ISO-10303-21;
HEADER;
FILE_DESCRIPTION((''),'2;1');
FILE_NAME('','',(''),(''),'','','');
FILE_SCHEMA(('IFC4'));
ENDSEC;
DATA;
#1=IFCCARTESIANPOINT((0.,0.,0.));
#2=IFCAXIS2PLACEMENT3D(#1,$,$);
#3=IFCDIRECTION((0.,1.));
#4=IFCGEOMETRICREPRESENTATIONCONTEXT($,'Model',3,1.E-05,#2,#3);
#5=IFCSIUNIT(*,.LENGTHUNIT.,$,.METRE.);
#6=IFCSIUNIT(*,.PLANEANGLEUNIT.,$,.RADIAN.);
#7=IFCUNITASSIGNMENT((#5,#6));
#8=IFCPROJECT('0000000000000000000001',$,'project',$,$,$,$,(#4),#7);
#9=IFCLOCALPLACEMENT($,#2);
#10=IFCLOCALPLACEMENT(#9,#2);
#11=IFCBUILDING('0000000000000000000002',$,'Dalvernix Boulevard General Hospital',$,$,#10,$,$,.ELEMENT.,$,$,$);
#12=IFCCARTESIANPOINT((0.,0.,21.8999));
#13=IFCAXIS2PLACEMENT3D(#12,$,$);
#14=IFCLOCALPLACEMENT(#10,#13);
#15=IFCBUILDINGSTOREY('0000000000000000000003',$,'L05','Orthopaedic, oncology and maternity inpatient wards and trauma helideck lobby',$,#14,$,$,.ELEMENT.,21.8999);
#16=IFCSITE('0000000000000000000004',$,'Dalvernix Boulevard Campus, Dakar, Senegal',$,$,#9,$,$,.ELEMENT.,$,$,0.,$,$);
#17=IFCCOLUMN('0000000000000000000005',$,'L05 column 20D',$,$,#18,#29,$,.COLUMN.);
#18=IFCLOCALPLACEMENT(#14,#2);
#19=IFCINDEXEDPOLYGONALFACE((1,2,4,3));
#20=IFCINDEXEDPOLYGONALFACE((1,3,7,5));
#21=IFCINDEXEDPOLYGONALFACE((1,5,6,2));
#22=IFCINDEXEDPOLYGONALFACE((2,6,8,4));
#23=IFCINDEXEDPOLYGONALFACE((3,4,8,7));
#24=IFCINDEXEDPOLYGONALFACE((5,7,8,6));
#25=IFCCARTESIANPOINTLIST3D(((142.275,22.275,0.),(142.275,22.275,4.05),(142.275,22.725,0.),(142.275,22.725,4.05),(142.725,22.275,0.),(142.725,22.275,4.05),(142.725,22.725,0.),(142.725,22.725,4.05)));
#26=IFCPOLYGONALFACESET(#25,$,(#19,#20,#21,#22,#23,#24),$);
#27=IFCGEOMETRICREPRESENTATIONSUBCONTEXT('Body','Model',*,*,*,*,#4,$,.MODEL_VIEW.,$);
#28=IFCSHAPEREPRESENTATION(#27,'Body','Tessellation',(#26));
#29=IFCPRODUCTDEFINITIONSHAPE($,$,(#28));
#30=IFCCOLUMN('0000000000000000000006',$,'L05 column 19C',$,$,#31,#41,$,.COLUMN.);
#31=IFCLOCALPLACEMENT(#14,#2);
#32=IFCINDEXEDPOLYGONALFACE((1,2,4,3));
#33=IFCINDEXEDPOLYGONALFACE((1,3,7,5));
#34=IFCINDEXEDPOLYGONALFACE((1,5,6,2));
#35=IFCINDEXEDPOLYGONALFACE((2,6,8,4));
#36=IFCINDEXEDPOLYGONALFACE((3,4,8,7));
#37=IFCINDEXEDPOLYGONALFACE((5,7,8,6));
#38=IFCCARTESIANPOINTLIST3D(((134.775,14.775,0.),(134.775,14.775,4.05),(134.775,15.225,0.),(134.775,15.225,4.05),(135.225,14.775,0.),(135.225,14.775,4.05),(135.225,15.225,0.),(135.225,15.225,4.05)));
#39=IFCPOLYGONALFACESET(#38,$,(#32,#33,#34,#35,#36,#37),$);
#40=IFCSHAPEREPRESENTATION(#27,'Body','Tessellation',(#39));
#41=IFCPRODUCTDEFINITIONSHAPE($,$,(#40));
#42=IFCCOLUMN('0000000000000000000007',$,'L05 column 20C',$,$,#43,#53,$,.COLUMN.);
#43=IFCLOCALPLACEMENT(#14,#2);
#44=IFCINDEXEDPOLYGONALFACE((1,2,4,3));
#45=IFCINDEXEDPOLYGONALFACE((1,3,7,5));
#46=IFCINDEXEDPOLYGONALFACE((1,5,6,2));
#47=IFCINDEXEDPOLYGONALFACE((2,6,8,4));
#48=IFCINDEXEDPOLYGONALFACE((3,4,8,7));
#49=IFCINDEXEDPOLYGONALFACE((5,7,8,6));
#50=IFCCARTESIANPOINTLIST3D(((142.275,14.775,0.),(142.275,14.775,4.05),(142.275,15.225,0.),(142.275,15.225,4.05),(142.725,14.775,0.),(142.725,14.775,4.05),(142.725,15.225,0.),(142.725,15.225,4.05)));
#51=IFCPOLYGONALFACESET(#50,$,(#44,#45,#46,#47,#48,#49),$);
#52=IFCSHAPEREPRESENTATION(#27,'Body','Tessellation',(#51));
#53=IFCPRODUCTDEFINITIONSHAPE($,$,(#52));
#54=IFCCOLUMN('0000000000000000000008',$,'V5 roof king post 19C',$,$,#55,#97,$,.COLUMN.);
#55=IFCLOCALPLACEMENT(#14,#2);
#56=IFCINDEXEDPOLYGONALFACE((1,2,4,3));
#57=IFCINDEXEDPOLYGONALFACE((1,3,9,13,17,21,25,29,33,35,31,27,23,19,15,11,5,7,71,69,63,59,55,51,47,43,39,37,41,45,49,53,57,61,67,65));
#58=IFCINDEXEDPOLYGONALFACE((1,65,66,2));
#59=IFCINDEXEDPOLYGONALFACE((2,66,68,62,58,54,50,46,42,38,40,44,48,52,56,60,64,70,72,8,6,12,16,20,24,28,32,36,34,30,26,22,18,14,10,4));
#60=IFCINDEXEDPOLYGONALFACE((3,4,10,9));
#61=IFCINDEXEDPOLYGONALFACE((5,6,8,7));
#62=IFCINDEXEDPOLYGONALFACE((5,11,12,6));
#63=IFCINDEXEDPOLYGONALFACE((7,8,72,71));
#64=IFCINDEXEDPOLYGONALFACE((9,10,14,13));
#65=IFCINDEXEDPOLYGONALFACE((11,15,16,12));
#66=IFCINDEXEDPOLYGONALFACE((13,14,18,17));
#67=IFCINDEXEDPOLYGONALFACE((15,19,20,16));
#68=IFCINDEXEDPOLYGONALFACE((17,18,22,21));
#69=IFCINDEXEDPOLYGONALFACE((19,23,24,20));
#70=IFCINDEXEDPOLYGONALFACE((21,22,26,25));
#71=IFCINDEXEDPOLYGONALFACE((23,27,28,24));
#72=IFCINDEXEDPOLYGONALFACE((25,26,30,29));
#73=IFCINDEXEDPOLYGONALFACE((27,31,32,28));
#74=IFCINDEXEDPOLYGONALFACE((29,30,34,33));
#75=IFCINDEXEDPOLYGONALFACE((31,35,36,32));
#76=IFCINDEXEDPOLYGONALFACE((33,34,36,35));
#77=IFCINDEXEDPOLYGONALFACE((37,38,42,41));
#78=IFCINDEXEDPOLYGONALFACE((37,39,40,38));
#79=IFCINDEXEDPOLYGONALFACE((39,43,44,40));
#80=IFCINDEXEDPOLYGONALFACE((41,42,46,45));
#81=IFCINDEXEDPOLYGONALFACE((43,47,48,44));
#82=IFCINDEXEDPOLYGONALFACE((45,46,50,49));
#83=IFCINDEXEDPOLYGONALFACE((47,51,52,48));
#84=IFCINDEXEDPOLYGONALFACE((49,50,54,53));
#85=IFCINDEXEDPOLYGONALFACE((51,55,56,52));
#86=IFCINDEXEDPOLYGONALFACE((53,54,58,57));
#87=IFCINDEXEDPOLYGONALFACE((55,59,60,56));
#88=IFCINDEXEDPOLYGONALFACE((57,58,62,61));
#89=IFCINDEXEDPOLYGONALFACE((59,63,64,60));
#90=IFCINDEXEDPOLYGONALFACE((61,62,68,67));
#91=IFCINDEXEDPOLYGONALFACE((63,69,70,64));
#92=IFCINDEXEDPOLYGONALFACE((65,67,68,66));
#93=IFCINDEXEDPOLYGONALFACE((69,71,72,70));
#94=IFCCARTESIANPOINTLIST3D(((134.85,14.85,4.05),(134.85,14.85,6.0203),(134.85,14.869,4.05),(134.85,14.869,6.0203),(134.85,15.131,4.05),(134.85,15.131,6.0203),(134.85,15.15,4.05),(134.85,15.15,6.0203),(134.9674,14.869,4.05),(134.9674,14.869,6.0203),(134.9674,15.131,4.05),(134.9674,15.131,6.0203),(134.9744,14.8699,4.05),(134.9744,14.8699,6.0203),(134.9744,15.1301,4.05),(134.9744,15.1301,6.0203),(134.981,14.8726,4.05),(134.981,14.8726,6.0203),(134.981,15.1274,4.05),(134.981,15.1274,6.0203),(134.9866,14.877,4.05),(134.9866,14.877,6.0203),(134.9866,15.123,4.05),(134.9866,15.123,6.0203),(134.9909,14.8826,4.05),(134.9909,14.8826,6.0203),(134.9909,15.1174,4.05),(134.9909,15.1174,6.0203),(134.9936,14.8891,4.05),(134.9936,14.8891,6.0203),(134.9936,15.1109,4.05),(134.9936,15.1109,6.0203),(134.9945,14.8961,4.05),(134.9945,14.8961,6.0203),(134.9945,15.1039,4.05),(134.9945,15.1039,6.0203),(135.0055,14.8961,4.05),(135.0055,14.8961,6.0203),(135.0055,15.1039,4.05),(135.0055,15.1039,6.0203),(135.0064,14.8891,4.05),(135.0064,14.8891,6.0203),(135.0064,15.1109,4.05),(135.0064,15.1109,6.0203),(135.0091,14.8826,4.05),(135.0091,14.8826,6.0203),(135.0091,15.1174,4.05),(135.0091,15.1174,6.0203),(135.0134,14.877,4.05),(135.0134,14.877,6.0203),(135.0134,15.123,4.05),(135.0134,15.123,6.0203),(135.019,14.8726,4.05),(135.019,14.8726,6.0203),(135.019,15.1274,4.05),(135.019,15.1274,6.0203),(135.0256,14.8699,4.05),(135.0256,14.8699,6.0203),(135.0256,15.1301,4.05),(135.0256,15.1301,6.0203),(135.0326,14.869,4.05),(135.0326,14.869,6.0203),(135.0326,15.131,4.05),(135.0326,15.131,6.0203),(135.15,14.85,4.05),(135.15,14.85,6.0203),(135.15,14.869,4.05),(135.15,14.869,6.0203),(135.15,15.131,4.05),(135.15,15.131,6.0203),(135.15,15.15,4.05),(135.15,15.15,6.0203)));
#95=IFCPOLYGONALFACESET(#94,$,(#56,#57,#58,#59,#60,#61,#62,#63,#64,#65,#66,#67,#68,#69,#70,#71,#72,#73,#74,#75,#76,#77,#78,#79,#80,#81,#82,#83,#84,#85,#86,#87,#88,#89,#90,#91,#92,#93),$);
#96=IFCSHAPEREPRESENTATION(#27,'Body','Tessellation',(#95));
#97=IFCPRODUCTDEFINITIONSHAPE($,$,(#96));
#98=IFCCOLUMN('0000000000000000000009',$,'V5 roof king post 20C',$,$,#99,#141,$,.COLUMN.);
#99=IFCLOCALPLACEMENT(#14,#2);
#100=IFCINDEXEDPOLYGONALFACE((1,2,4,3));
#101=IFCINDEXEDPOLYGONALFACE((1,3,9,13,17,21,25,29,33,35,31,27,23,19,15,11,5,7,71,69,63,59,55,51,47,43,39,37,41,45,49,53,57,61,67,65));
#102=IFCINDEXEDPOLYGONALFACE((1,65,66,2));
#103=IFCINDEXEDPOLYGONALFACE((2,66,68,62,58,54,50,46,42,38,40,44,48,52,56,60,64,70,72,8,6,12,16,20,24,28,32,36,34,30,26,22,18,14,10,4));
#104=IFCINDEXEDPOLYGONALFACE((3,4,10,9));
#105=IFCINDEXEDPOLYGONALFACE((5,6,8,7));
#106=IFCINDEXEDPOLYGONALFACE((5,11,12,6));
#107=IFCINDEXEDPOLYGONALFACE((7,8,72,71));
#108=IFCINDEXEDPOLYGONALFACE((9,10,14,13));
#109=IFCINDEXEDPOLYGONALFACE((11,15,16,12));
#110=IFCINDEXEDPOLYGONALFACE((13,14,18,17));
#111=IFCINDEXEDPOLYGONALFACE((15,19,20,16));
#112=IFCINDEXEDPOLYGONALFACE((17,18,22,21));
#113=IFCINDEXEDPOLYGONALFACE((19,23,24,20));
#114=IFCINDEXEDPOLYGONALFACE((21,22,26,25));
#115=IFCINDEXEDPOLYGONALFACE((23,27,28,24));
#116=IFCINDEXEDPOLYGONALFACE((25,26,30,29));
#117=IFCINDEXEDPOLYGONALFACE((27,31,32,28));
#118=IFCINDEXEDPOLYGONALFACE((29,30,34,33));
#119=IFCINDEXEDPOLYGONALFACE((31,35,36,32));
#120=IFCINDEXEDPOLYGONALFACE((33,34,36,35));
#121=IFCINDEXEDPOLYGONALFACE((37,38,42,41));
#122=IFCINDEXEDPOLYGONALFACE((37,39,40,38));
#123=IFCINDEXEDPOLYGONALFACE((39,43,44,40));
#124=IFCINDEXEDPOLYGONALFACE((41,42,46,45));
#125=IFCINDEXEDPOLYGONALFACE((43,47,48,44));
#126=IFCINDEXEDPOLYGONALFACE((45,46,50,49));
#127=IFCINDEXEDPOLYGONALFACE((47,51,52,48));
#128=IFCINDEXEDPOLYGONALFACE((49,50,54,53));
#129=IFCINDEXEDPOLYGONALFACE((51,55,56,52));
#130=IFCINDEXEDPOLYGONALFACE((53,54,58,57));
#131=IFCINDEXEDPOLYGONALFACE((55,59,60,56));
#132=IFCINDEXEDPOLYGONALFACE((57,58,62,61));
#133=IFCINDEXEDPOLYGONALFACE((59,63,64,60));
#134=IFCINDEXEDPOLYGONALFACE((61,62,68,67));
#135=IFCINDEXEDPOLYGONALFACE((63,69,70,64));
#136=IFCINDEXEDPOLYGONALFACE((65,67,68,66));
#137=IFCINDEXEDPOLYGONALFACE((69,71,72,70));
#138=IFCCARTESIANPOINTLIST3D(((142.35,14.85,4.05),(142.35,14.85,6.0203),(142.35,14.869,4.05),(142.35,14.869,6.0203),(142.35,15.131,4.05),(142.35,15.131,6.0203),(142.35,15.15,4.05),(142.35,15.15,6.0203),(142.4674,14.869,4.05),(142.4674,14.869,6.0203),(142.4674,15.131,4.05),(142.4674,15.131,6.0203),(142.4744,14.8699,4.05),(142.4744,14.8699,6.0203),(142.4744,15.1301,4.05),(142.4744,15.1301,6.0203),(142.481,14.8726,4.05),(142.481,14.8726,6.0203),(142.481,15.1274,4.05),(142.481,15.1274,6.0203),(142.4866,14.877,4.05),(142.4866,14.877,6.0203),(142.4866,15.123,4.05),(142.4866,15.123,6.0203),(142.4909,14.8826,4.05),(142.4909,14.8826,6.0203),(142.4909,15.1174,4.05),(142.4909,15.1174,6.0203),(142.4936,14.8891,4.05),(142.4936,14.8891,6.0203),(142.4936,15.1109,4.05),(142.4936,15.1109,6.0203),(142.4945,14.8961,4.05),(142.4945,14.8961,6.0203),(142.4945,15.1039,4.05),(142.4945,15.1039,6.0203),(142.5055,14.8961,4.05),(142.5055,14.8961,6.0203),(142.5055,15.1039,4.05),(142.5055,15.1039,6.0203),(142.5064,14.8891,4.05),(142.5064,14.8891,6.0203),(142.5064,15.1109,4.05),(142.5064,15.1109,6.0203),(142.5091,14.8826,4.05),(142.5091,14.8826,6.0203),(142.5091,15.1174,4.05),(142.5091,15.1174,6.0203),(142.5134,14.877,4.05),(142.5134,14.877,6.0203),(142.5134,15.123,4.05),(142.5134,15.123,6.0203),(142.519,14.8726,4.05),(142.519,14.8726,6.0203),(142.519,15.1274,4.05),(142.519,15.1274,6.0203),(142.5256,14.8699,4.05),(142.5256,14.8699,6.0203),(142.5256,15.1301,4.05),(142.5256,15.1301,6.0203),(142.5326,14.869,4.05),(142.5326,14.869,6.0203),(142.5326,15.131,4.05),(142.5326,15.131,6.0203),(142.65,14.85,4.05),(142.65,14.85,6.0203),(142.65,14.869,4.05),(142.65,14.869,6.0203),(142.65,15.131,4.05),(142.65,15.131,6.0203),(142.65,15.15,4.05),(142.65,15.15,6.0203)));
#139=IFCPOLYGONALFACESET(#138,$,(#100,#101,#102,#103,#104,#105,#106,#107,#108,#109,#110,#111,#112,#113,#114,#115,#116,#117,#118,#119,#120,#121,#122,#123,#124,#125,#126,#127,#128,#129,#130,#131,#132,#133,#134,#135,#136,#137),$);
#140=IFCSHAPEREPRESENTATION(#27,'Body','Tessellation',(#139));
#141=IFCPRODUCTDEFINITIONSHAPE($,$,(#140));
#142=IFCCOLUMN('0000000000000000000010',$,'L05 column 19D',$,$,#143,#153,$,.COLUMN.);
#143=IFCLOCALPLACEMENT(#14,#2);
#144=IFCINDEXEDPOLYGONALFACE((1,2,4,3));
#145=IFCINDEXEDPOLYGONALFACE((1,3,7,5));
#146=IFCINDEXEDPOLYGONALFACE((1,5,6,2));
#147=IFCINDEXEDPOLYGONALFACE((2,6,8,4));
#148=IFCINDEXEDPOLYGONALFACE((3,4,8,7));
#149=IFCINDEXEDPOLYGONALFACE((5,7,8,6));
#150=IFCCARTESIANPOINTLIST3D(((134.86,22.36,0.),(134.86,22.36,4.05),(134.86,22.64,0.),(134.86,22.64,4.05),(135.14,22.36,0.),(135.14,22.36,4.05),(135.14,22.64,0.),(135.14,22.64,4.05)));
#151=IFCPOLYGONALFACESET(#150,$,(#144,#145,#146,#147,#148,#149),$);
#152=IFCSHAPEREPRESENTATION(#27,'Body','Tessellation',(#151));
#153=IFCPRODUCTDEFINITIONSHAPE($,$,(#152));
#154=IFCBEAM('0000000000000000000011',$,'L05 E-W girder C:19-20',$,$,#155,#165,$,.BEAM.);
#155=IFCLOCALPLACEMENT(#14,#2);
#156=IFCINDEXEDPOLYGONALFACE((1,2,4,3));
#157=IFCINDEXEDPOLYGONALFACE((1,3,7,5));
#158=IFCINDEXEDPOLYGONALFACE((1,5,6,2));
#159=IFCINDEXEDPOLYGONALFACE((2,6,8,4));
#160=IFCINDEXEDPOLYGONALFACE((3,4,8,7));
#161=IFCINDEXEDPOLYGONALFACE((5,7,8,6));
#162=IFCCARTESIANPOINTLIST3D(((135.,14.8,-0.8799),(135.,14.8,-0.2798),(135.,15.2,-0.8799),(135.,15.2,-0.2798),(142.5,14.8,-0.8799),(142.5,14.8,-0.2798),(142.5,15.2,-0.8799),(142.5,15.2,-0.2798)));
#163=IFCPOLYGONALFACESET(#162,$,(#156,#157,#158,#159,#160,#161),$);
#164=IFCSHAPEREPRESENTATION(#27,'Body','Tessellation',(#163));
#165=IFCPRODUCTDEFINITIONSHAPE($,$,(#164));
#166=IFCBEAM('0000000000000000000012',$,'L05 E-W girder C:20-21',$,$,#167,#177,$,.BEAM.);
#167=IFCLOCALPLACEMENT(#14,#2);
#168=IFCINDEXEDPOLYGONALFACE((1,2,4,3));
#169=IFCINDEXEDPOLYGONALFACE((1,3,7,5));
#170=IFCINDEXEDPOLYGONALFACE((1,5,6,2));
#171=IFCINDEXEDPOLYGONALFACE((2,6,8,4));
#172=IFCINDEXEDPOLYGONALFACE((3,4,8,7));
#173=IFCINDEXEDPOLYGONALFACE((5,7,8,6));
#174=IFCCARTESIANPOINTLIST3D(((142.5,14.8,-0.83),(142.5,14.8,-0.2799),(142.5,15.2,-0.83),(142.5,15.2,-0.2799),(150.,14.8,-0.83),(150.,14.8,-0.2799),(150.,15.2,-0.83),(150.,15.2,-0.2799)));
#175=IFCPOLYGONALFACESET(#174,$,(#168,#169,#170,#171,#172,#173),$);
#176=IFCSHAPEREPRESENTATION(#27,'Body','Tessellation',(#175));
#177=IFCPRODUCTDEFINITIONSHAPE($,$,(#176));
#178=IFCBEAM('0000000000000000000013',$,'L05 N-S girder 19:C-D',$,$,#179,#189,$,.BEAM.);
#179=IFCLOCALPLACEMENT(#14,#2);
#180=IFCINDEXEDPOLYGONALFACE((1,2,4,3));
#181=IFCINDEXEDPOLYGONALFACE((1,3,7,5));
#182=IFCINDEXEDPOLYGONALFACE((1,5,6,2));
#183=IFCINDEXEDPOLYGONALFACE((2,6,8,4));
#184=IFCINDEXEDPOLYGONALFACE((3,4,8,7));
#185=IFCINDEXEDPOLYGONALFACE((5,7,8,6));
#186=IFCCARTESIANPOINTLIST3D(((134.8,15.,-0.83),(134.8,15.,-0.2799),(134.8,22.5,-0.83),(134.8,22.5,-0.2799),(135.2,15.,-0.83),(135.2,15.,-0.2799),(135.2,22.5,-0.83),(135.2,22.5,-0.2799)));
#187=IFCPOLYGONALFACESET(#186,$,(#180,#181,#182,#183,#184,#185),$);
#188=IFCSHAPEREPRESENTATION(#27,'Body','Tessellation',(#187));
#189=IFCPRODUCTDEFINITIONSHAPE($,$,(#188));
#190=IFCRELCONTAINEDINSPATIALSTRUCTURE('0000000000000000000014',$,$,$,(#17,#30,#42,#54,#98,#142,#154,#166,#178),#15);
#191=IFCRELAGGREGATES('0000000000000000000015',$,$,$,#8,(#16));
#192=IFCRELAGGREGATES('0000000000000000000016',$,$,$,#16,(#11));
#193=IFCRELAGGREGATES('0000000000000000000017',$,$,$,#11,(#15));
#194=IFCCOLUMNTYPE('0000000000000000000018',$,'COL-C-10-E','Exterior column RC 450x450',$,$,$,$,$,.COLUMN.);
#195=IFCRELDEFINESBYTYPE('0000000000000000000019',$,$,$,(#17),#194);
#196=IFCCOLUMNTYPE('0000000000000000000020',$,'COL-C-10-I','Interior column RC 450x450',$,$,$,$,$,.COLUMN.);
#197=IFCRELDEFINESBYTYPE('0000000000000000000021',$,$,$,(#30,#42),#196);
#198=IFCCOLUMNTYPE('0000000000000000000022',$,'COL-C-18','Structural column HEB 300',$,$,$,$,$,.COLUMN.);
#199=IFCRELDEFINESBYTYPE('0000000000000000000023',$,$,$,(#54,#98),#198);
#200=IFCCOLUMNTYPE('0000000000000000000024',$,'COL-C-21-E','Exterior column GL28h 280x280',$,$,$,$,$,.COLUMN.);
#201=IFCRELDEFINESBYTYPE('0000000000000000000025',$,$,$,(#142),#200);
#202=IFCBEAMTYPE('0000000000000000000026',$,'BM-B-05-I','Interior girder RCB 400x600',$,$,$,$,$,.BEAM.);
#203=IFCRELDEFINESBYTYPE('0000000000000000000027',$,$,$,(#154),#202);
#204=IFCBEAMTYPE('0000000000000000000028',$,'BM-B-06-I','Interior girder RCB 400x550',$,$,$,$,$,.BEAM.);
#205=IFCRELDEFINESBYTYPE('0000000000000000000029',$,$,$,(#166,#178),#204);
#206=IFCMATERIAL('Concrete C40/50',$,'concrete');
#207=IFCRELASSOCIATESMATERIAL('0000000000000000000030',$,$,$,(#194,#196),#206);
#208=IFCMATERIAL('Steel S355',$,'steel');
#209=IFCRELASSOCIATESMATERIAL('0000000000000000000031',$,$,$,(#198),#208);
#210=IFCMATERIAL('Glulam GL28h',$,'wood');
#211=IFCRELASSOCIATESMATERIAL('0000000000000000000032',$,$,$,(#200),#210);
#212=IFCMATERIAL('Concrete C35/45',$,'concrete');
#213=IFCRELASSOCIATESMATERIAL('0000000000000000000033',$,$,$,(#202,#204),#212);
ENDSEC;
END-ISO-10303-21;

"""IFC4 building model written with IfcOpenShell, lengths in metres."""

from ifc_helpers import new_model, si_unit, direction, frame, origin, origin_2d, place, context, subcontext, project, spatial, rectangle, i_section, extrude, material, material_profile, profile_set, type_object, element, save


model = new_model("IFC4")

# Units and contexts
model_context = context("Model", 3, precision=1e-05, world=origin(), true_north=direction((0.0, 1.0)))
body_context = subcontext(model_context, "Body", "Model", "MODEL_VIEW")
ifc_project = project(units=[si_unit("LENGTHUNIT", "METRE"), si_unit("PLANEANGLEUNIT", "RADIAN")], contexts=[model_context])

# Site, building, storey
site_placement = place(None, origin())
site = spatial("IfcSite", under=ifc_project, at=site_placement, Name="Dalvernix Boulevard Campus, Dakar, Senegal", CompositionType="ELEMENT", RefElevation=0.0)
building_placement = place(site_placement, origin())
building = spatial("IfcBuilding", under=site, at=building_placement, Name="Dalvernix Boulevard General Hospital", CompositionType="ELEMENT")
storey_placement = place(building_placement, frame((0.0, 0.0, 21.8999)))
storey = spatial("IfcBuildingStorey", under=building, at=storey_placement, Name="L05", Description="Orthopaedic, oncology and maternity inpatient wards and trauma helideck lobby", CompositionType="ELEMENT", Elevation=21.8999)

# Columns
ifc_material_1 = material(Name="Concrete C40/50", Category="concrete")
ifc_material_profile_1 = material_profile(ifc_material_1, rectangle(XDim=0.45, YDim=0.45, at=origin_2d()), Name="RC 450x450")
ifc_profile_set_1 = profile_set([ifc_material_profile_1], Name="Concrete C40/50")
column_type_1 = type_object("IfcColumnType", Name="COL-C-10-E", Description="Exterior column RC 450x450", PredefinedType="COLUMN", material=ifc_profile_set_1)
column_1_placement = place(storey_placement, frame((142.5, 22.5, 0.0), z_axis=(0.0, 0.0, 1.0), x_axis=(1.0, 0.0, 0.0)))
element("IfcColumn", 1, at=column_1_placement, inside=storey, type_object=column_type_1, Name="L05 column 20D", PredefinedType="COLUMN", context=body_context, shape_type="SweptSolid", body=[
    extrude(rectangle(XDim=0.45, YDim=0.45, at=origin_2d()), origin(), (0.0, 0.0, 1.0), 4.05),
])
ifc_material_profile_2 = material_profile(ifc_material_1, rectangle(XDim=0.45, YDim=0.45, at=origin_2d()), Name="RC 450x450")
ifc_profile_set_2 = profile_set([ifc_material_profile_2], Name="Concrete C40/50")
column_type_2 = type_object("IfcColumnType", Name="COL-C-10-I", Description="Interior column RC 450x450", PredefinedType="COLUMN", material=ifc_profile_set_2)
for number, where, z_axis, x_axis, name in (
    (2, (135.0, 15.0, 0.0), (0.0, 0.0, 1.0), (1.0, 0.0, 0.0), "L05 column 19C"),
    (3, (142.5, 15.0, 0.0), (0.0, 0.0, 1.0), (1.0, 0.0, 0.0), "L05 column 20C"),
):
    element("IfcColumn", number, at=place(storey_placement, frame(where, z_axis=z_axis, x_axis=x_axis)), inside=storey, type_object=column_type_2, Name=name, PredefinedType="COLUMN", context=body_context, shape_type="SweptSolid", body=[
        extrude(rectangle(XDim=0.45, YDim=0.45, at=origin_2d()), origin(), (0.0, 0.0, 1.0), 4.05),
    ])
ifc_material_2 = material(Name="Steel S355", Category="steel")
ifc_material_profile_3 = material_profile(ifc_material_2, i_section(OverallWidth=0.3, OverallDepth=0.3, WebThickness=0.011, FlangeThickness=0.019, FilletRadius=0.0271, at=origin_2d()), Name="HEB 300")
ifc_profile_set_3 = profile_set([ifc_material_profile_3], Name="Steel S355")
column_type_3 = type_object("IfcColumnType", Name="COL-C-18", Description="Structural column HEB 300", PredefinedType="COLUMN", material=ifc_profile_set_3)
for number, where, z_axis, x_axis, name in (
    (4, (135.0, 15.0, 4.05), (0.0, 0.0, 1.0), (1.0, 0.0, 0.0), "V5 roof king post 19C"),
    (5, (142.5, 15.0, 4.05), (0.0, 0.0, 1.0), (1.0, 0.0, 0.0), "V5 roof king post 20C"),
):
    element("IfcColumn", number, at=place(storey_placement, frame(where, z_axis=z_axis, x_axis=x_axis)), inside=storey, type_object=column_type_3, Name=name, PredefinedType="COLUMN", context=body_context, shape_type="SweptSolid", body=[
        extrude(i_section(OverallWidth=0.3, OverallDepth=0.3, WebThickness=0.011, FlangeThickness=0.019, FilletRadius=0.0271, at=origin_2d()), origin(), (0.0, 0.0, 1.0), 1.9702),
    ])
ifc_material_3 = material(Name="Glulam GL28h", Category="wood")
ifc_material_profile_4 = material_profile(ifc_material_3, rectangle(XDim=0.28, YDim=0.28, at=origin_2d()), Name="GL28h 280x280")
ifc_profile_set_4 = profile_set([ifc_material_profile_4], Name="Glulam GL28h")
column_type_4 = type_object("IfcColumnType", Name="COL-C-21-E", Description="Exterior column GL28h 280x280", PredefinedType="COLUMN", material=ifc_profile_set_4)
column_2_placement = place(storey_placement, frame((135.0, 22.5, 0.0), z_axis=(0.0, 0.0, 1.0), x_axis=(1.0, 0.0, 0.0)))
element("IfcColumn", 6, at=column_2_placement, inside=storey, type_object=column_type_4, Name="L05 column 19D", PredefinedType="COLUMN", context=body_context, shape_type="SweptSolid", body=[
    extrude(rectangle(XDim=0.28, YDim=0.28, at=origin_2d()), origin(), (0.0, 0.0, 1.0), 4.05),
])

# Beams
ifc_material_4 = material(Name="Concrete C35/45", Category="concrete")
ifc_material_profile_5 = material_profile(ifc_material_4, rectangle(XDim=0.3999, YDim=0.6001, at=origin_2d()), Name="RCB 400x600")
ifc_profile_set_5 = profile_set([ifc_material_profile_5], Name="Concrete C35/45")
beam_type_1 = type_object("IfcBeamType", Name="BM-B-05-I", Description="Interior girder RCB 400x600", PredefinedType="BEAM", material=ifc_profile_set_5)
beam_1_placement = place(storey_placement, frame((135.0, 15.0, -0.5798), z_axis=(1.0, 0.0, 0.0), x_axis=(0.0, 1.0, 0.0)))
element("IfcBeam", 7, at=beam_1_placement, inside=storey, type_object=beam_type_1, Name="L05 E-W girder C:19-20", PredefinedType="BEAM", context=body_context, shape_type="SweptSolid", body=[
    extrude(rectangle(XDim=0.3999, YDim=0.6001, at=origin_2d()), origin(), (0.0, 0.0, 1.0), 7.5),
])
ifc_material_profile_6 = material_profile(ifc_material_4, rectangle(XDim=0.3999, YDim=0.55, at=origin_2d()), Name="RCB 400x550")
ifc_profile_set_6 = profile_set([ifc_material_profile_6], Name="Concrete C35/45")
beam_type_2 = type_object("IfcBeamType", Name="BM-B-06-I", Description="Interior girder RCB 400x550", PredefinedType="BEAM", material=ifc_profile_set_6)
for number, where, z_axis, x_axis, name in (
    (8, (142.5, 15.0, -0.5549), (1.0, 0.0, 0.0), (0.0, 1.0, 0.0), "L05 E-W girder C:20-21"),
    (9, (135.0, 15.0, -0.5549), (0.0, 1.0, 0.0), (-1.0, 0.0, 0.0), "L05 N-S girder 19:C-D"),
):
    element("IfcBeam", number, at=place(storey_placement, frame(where, z_axis=z_axis, x_axis=x_axis)), inside=storey, type_object=beam_type_2, Name=name, PredefinedType="BEAM", context=body_context, shape_type="SweptSolid", body=[
        extrude(rectangle(XDim=0.3999, YDim=0.55, at=origin_2d()), origin(), (0.0, 0.0, 1.0), 7.5),
    ])

save(model, "model.ifc")
